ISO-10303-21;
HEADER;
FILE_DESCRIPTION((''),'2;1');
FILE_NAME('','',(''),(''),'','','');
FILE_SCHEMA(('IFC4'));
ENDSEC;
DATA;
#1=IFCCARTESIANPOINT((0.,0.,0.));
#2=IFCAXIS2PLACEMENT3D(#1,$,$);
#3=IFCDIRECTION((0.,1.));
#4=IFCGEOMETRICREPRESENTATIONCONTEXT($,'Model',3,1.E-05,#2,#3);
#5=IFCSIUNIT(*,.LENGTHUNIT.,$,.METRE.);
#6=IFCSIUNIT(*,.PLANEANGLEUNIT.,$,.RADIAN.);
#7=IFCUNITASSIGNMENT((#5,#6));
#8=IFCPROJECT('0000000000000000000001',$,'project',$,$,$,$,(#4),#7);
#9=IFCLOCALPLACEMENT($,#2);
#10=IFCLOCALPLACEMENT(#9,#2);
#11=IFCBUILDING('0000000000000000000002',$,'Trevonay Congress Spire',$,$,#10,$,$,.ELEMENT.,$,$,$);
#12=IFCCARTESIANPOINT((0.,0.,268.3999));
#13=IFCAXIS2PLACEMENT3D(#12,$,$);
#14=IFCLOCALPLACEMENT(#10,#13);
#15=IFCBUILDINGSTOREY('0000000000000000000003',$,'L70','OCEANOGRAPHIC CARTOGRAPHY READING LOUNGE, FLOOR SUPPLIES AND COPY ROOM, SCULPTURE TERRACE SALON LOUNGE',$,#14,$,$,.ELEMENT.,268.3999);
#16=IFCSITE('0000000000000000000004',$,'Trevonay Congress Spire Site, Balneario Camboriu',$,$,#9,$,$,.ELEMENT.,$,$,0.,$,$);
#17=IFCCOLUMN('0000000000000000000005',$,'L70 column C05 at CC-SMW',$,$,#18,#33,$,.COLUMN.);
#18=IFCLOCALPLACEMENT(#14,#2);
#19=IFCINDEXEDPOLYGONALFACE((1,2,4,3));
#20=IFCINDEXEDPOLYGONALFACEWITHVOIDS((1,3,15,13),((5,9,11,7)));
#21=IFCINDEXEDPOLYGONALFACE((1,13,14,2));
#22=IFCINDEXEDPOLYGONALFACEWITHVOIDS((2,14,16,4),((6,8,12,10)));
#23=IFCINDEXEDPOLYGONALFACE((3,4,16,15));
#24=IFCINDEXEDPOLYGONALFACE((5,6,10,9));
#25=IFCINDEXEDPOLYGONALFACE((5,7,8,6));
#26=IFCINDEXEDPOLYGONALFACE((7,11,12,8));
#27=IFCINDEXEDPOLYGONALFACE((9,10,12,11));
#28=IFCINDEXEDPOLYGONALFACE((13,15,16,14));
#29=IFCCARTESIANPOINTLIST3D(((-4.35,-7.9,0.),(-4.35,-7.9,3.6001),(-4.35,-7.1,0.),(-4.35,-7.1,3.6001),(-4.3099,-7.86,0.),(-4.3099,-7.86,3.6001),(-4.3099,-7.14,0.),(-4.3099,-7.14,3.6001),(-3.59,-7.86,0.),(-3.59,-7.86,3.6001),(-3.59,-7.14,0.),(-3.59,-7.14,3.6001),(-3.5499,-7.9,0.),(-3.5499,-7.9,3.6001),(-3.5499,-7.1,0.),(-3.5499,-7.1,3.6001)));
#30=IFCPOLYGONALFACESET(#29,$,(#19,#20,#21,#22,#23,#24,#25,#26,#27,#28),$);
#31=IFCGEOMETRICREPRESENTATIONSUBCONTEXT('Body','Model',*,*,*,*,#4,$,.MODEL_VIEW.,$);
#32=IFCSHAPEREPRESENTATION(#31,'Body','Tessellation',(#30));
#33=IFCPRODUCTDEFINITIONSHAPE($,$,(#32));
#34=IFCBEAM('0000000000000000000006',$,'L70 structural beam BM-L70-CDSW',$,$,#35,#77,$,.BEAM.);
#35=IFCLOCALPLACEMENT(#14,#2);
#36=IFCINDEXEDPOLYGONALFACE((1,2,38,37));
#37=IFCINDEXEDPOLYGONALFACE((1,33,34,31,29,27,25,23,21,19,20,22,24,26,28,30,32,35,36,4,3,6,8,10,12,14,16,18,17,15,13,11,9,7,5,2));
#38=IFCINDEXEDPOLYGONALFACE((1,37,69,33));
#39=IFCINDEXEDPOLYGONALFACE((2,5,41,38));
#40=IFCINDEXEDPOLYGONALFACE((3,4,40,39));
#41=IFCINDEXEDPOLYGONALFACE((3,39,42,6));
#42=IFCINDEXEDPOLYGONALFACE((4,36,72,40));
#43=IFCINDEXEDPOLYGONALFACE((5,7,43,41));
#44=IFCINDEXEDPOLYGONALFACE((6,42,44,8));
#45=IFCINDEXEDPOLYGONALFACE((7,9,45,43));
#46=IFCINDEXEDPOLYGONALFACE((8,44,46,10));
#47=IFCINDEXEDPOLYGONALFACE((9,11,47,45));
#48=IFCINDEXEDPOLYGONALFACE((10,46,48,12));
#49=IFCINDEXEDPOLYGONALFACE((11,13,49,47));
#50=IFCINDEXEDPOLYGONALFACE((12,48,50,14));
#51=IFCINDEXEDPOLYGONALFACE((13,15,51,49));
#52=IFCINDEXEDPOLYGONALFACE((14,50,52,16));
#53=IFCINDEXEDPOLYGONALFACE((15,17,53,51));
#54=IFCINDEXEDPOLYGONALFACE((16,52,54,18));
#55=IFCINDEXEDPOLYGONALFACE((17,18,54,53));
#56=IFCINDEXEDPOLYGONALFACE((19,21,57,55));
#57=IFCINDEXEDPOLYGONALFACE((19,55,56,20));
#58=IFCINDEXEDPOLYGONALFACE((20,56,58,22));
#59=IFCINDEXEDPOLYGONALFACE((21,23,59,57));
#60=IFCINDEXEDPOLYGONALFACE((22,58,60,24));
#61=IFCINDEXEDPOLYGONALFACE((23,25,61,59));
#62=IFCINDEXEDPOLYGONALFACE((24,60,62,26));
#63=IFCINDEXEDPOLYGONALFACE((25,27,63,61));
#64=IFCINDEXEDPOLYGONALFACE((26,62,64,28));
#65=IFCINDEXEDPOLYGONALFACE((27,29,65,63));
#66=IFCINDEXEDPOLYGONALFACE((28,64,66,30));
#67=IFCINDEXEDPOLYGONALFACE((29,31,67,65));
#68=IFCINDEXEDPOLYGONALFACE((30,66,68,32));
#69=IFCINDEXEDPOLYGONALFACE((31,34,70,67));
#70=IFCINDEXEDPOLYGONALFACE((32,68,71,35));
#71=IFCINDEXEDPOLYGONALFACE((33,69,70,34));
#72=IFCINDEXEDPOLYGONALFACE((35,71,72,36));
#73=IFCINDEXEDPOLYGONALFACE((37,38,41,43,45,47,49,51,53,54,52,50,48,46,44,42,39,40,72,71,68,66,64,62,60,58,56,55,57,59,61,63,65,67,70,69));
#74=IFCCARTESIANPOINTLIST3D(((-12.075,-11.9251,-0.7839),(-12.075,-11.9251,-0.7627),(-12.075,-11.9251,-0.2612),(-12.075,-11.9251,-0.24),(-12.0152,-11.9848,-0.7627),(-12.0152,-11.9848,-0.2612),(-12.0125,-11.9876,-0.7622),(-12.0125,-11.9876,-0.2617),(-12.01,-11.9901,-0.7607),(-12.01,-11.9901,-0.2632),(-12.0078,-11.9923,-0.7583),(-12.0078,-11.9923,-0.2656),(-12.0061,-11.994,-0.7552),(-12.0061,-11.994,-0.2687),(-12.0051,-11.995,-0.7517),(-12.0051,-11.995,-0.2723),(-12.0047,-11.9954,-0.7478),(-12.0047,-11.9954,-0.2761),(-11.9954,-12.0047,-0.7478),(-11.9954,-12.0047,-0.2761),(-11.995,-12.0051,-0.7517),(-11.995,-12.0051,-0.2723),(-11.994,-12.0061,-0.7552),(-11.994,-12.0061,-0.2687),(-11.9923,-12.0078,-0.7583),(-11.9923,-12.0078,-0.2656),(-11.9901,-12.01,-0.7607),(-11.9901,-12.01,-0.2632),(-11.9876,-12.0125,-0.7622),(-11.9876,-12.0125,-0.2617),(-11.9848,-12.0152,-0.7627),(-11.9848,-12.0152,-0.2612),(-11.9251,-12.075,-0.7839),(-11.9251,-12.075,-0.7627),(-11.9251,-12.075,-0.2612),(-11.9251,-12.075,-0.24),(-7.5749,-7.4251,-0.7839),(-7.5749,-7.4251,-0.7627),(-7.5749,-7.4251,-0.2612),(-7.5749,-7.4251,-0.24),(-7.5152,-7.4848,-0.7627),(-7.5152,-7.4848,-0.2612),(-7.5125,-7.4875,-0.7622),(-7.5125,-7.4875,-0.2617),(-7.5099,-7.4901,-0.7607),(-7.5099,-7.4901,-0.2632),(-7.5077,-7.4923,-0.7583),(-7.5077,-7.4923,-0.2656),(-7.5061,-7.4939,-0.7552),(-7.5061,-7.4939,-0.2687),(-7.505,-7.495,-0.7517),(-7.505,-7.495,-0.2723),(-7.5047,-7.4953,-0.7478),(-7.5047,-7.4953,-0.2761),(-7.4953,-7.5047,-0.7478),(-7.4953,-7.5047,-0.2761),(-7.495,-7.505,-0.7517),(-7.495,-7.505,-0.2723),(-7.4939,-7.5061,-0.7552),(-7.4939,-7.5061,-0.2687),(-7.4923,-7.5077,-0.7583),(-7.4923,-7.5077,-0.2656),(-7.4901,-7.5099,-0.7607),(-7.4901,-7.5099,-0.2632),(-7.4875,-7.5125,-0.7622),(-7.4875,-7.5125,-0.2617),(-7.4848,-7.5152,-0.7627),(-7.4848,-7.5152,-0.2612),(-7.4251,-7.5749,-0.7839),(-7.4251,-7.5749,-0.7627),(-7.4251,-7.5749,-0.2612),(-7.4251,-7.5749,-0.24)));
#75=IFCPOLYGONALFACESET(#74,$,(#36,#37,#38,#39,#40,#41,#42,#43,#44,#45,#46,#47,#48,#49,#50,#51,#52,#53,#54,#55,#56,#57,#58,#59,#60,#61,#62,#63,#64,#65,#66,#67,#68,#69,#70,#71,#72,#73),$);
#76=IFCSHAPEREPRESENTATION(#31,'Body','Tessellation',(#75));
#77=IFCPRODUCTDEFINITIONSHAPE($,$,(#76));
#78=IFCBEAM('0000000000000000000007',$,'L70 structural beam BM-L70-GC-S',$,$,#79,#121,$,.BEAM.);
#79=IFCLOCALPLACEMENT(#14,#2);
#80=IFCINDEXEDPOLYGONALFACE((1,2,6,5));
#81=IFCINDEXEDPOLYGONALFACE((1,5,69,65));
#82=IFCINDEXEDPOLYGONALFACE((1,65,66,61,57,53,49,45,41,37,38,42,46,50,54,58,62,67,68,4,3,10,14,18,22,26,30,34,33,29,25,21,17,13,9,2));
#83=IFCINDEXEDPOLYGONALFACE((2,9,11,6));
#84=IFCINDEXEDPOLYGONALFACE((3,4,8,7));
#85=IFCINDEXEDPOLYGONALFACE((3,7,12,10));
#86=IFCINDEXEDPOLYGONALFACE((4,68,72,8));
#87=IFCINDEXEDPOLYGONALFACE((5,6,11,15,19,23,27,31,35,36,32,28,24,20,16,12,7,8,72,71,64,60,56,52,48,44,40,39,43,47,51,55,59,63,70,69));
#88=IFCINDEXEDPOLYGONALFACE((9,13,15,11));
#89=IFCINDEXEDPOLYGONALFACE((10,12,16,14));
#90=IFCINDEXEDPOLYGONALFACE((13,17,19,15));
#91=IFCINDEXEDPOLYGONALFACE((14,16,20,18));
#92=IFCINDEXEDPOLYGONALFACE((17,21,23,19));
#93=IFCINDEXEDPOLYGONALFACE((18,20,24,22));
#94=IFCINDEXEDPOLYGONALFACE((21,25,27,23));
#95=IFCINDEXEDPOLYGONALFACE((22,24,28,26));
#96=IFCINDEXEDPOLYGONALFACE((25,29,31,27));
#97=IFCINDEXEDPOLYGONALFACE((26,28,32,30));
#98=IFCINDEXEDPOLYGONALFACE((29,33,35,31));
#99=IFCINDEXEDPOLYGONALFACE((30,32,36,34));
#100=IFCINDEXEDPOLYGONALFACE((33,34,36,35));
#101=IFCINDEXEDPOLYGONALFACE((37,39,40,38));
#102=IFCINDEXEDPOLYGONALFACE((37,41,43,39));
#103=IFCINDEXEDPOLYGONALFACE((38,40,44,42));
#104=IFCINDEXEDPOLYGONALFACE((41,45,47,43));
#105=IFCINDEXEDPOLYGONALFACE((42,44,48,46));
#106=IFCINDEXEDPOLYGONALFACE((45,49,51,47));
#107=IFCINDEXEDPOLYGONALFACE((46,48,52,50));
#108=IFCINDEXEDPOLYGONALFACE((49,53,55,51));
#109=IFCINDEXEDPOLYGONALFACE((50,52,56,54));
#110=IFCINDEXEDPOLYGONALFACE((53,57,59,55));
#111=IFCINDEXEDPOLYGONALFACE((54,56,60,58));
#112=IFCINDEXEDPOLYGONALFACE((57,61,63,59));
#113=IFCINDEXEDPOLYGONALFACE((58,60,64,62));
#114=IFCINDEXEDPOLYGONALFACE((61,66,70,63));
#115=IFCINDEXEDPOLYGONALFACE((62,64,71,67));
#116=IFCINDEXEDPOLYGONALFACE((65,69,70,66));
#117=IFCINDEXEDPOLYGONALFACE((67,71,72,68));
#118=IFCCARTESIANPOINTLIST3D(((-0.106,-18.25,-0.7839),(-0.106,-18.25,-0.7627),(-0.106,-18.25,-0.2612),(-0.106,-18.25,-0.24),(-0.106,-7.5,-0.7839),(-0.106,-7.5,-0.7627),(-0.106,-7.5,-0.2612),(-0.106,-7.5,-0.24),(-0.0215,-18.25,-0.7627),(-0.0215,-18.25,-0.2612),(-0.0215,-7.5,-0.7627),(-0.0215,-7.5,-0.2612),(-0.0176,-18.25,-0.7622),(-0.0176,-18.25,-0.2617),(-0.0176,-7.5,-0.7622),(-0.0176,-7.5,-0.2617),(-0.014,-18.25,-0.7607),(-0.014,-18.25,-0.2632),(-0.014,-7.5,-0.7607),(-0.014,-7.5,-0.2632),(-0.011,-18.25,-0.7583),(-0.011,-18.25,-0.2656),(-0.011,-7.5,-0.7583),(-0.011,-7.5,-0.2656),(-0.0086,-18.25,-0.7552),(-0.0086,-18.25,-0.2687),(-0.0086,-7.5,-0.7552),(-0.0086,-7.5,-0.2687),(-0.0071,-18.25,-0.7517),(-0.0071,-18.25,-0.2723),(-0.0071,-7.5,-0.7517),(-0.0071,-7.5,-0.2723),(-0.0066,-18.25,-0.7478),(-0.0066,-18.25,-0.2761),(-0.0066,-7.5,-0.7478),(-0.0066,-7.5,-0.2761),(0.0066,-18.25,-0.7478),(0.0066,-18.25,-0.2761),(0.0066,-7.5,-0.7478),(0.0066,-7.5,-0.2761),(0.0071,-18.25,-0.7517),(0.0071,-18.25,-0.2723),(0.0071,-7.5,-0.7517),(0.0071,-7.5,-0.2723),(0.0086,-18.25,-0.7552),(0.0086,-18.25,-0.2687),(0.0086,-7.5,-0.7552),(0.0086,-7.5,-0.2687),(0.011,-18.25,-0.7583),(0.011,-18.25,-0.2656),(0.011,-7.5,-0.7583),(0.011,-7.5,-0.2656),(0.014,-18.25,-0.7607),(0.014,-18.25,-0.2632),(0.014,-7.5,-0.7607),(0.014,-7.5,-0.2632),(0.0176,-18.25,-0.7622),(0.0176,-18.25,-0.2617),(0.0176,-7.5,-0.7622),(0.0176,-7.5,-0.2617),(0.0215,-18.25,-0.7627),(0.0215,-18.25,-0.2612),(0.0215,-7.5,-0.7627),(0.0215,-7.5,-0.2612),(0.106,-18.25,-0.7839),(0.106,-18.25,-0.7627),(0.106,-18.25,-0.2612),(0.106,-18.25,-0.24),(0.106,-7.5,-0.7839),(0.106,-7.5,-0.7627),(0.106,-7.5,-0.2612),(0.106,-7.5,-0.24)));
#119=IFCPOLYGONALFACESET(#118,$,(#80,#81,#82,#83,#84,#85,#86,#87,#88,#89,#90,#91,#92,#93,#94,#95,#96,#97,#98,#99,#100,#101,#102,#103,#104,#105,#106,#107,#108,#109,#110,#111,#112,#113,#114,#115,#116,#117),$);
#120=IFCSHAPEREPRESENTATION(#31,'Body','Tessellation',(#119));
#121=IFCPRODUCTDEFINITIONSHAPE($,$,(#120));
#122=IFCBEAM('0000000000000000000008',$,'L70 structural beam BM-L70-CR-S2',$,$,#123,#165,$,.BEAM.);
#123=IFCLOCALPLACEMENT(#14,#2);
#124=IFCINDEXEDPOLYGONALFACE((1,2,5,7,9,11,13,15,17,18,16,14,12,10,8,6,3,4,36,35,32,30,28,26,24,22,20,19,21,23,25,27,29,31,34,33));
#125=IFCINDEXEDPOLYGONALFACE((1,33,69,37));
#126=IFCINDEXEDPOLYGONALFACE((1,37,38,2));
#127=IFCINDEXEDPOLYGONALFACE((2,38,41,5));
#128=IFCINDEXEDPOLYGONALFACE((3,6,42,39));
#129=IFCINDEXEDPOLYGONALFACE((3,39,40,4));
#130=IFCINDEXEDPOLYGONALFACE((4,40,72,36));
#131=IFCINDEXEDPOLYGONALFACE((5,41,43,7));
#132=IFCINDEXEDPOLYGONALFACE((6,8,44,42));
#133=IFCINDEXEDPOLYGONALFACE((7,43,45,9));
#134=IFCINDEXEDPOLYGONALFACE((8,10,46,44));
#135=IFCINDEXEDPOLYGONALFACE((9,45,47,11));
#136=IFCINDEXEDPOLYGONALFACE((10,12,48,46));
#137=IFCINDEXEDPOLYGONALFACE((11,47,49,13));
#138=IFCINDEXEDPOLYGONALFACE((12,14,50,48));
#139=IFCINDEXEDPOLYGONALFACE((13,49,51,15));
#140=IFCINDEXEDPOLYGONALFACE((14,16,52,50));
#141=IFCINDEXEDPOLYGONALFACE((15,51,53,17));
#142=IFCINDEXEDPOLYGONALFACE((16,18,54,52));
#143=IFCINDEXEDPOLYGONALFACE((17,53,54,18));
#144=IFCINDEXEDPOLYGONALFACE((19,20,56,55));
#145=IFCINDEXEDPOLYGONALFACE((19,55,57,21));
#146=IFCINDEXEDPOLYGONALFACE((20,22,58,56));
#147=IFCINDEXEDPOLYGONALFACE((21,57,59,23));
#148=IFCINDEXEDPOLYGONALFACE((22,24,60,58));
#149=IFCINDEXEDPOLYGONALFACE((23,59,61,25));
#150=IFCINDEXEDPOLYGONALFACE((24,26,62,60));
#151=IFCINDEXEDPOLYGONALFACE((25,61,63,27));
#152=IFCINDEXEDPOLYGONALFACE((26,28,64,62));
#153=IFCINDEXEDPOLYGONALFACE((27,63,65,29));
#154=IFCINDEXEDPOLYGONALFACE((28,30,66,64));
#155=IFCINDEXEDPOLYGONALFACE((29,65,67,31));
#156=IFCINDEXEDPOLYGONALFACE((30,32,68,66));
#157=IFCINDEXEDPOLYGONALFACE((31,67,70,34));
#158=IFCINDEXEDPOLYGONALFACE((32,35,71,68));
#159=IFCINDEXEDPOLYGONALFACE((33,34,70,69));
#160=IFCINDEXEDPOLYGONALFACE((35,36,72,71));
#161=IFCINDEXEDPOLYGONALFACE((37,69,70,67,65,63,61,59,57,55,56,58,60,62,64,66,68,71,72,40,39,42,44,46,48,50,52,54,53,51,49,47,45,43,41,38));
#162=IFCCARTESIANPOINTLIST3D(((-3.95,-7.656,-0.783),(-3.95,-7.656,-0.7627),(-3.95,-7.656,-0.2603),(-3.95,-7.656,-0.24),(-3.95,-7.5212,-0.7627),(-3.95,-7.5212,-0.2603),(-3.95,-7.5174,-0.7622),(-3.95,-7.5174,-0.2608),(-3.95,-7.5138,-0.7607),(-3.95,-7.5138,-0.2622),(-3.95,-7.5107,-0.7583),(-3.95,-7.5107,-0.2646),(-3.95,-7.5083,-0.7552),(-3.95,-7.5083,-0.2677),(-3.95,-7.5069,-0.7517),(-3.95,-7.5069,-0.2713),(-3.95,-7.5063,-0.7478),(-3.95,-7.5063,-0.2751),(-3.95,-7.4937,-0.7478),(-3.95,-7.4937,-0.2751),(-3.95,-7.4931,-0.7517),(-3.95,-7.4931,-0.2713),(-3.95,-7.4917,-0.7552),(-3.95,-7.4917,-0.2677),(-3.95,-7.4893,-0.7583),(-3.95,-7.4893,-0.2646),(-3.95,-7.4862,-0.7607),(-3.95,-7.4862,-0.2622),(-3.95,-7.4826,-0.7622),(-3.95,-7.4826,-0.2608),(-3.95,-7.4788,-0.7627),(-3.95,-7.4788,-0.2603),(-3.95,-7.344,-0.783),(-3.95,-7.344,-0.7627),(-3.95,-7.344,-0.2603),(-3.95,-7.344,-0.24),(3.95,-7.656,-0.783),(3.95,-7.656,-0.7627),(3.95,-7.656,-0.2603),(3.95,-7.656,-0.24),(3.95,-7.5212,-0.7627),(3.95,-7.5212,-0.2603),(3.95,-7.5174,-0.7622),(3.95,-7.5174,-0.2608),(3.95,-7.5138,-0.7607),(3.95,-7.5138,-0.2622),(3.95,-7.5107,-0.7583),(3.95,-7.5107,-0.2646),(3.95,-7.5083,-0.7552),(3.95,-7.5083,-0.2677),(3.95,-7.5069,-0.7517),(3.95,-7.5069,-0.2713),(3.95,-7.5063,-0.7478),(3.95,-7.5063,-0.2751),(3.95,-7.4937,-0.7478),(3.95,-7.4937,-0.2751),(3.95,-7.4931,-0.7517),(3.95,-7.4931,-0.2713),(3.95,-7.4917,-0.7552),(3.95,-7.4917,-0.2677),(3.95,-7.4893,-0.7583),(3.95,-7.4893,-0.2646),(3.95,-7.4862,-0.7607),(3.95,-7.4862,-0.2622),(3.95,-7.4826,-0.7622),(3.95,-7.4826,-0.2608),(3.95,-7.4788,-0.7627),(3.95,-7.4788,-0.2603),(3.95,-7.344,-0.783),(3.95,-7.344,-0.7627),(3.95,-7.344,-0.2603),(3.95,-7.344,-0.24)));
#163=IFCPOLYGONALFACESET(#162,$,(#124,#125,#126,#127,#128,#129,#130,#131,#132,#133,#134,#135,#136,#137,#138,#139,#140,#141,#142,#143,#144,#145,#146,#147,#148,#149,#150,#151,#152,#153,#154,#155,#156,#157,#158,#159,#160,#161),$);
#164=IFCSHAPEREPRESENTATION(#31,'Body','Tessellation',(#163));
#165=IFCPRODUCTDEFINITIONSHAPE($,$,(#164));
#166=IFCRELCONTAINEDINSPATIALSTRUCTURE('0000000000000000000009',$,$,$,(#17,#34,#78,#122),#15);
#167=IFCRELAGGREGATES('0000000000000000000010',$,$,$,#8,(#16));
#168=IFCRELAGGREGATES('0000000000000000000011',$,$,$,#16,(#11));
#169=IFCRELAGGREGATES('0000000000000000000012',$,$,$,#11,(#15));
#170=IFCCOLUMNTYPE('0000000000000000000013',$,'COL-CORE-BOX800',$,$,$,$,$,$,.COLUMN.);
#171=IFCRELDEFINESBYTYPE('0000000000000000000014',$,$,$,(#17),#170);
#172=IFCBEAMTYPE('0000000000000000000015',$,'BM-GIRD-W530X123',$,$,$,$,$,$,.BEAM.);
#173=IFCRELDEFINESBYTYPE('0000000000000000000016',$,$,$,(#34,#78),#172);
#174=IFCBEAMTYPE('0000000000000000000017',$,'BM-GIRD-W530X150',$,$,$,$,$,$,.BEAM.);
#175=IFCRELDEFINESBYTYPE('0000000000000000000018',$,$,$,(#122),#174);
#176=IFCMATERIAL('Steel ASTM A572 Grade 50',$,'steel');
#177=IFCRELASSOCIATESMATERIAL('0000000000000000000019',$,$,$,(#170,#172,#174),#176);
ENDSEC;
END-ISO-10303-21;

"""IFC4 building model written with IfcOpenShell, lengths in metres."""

from ifc_helpers import new_model, si_unit, direction, frame, origin, origin_2d, place, context, subcontext, project, spatial, hollow_rectangle, i_section, extrude, material, material_profile, profile_set, type_object, element, save


model = new_model("IFC4")

# Units and contexts
model_context = context("Model", 3, precision=1e-05, world=origin(), true_north=direction((0.0, 1.0)))
body_context = subcontext(model_context, "Body", "Model", "MODEL_VIEW")
ifc_project = project(units=[si_unit("LENGTHUNIT", "METRE"), si_unit("PLANEANGLEUNIT", "RADIAN")], contexts=[model_context])

# Site, building, storey
site_placement = place(None, origin())
site = spatial("IfcSite", under=ifc_project, at=site_placement, Name="Trevonay Congress Spire Site, Balneario Camboriu", CompositionType="ELEMENT", RefElevation=0.0)
building_placement = place(site_placement, origin())
building = spatial("IfcBuilding", under=site, at=building_placement, Name="Trevonay Congress Spire", CompositionType="ELEMENT")
storey_placement = place(building_placement, frame((0.0, 0.0, 268.3999)))
storey = spatial("IfcBuildingStorey", under=building, at=storey_placement, Name="L70", Description="OCEANOGRAPHIC CARTOGRAPHY READING LOUNGE, FLOOR SUPPLIES AND COPY ROOM, SCULPTURE TERRACE SALON LOUNGE", CompositionType="ELEMENT", Elevation=268.3999)

# Column
ifc_material_1 = material(Name="Steel ASTM A572 Grade 50", Category="steel")
ifc_material_profile_1 = material_profile(ifc_material_1, hollow_rectangle(XDim=0.8, YDim=0.8, WallThickness=0.04, at=origin_2d()), Name="BOX 800x800x40")
ifc_profile_set_1 = profile_set([ifc_material_profile_1], Name="Steel ASTM A572 Grade 50")
column_type = type_object("IfcColumnType", Name="COL-CORE-BOX800", PredefinedType="COLUMN", material=ifc_profile_set_1)
column_placement = place(storey_placement, frame((-3.95, -7.5, 0.0), z_axis=(0.0, 0.0, 1.0), x_axis=(1.0, 0.0, 0.0)))
element("IfcColumn", 1, at=column_placement, inside=storey, type_object=column_type, Name="L70 column C05 at CC-SMW", PredefinedType="COLUMN", context=body_context, shape_type="SweptSolid", body=[
    extrude(hollow_rectangle(XDim=0.8, YDim=0.8, WallThickness=0.04, at=origin_2d()), origin(), (0.0, 0.0, 1.0), 3.6001),
])

# Beams
ifc_material_profile_2 = material_profile(ifc_material_1, i_section(OverallWidth=0.2119, OverallDepth=0.5439, WebThickness=0.0132, FlangeThickness=0.0212, FilletRadius=0.0149, at=origin_2d()), Name="W530x123")
ifc_profile_set_2 = profile_set([ifc_material_profile_2], Name="Steel ASTM A572 Grade 50")
beam_type_1 = type_object("IfcBeamType", Name="BM-GIRD-W530X123", PredefinedType="BEAM", material=ifc_profile_set_2)
beam_1_placement = place(storey_placement, frame((-7.5, -7.5, -0.512), z_axis=(-0.707107, -0.707107, 0.0), x_axis=(0.707107, -0.707107, 0.0)))
element("IfcBeam", 2, at=beam_1_placement, inside=storey, type_object=beam_type_1, Name="L70 structural beam BM-L70-CDSW", PredefinedType="BEAM", context=body_context, shape_type="SweptSolid", body=[
    extrude(i_section(OverallWidth=0.2119, OverallDepth=0.5439, WebThickness=0.0132, FlangeThickness=0.0212, FilletRadius=0.0149, at=origin_2d()), origin(), (0.0, 0.0, 1.0), 6.364),
])
beam_2_placement = place(storey_placement, frame((0.0, -7.5, -0.512), z_axis=(0.0, -1.0, 0.0), x_axis=(1.0, 0.0, 0.0)))
element("IfcBeam", 3, at=beam_2_placement, inside=storey, type_object=beam_type_1, Name="L70 structural beam BM-L70-GC-S", PredefinedType="BEAM", context=body_context, shape_type="SweptSolid", body=[
    extrude(i_section(OverallWidth=0.2119, OverallDepth=0.5439, WebThickness=0.0132, FlangeThickness=0.0212, FilletRadius=0.0149, at=origin_2d()), origin(), (0.0, 0.0, 1.0), 10.75),
])
ifc_material_profile_3 = material_profile(ifc_material_1, i_section(OverallWidth=0.312, OverallDepth=0.543, WebThickness=0.0127, FlangeThickness=0.0203, FilletRadius=0.0149, at=origin_2d()), Name="W530x150")
ifc_profile_set_3 = profile_set([ifc_material_profile_3], Name="Steel ASTM A572 Grade 50")
beam_type_2 = type_object("IfcBeamType", Name="BM-GIRD-W530X150", PredefinedType="BEAM", material=ifc_profile_set_3)
beam_3_placement = place(storey_placement, frame((-3.95, -7.5, -0.5115), z_axis=(1.0, 0.0, 0.0), x_axis=(0.0, 1.0, 0.0)))
element("IfcBeam", 4, at=beam_3_placement, inside=storey, type_object=beam_type_2, Name="L70 structural beam BM-L70-CR-S2", PredefinedType="BEAM", context=body_context, shape_type="SweptSolid", body=[
    extrude(i_section(OverallWidth=0.312, OverallDepth=0.543, WebThickness=0.0127, FlangeThickness=0.0203, FilletRadius=0.0149, at=origin_2d()), origin(), (0.0, 0.0, 1.0), 7.8999),
])

save(model, "model.ifc")
